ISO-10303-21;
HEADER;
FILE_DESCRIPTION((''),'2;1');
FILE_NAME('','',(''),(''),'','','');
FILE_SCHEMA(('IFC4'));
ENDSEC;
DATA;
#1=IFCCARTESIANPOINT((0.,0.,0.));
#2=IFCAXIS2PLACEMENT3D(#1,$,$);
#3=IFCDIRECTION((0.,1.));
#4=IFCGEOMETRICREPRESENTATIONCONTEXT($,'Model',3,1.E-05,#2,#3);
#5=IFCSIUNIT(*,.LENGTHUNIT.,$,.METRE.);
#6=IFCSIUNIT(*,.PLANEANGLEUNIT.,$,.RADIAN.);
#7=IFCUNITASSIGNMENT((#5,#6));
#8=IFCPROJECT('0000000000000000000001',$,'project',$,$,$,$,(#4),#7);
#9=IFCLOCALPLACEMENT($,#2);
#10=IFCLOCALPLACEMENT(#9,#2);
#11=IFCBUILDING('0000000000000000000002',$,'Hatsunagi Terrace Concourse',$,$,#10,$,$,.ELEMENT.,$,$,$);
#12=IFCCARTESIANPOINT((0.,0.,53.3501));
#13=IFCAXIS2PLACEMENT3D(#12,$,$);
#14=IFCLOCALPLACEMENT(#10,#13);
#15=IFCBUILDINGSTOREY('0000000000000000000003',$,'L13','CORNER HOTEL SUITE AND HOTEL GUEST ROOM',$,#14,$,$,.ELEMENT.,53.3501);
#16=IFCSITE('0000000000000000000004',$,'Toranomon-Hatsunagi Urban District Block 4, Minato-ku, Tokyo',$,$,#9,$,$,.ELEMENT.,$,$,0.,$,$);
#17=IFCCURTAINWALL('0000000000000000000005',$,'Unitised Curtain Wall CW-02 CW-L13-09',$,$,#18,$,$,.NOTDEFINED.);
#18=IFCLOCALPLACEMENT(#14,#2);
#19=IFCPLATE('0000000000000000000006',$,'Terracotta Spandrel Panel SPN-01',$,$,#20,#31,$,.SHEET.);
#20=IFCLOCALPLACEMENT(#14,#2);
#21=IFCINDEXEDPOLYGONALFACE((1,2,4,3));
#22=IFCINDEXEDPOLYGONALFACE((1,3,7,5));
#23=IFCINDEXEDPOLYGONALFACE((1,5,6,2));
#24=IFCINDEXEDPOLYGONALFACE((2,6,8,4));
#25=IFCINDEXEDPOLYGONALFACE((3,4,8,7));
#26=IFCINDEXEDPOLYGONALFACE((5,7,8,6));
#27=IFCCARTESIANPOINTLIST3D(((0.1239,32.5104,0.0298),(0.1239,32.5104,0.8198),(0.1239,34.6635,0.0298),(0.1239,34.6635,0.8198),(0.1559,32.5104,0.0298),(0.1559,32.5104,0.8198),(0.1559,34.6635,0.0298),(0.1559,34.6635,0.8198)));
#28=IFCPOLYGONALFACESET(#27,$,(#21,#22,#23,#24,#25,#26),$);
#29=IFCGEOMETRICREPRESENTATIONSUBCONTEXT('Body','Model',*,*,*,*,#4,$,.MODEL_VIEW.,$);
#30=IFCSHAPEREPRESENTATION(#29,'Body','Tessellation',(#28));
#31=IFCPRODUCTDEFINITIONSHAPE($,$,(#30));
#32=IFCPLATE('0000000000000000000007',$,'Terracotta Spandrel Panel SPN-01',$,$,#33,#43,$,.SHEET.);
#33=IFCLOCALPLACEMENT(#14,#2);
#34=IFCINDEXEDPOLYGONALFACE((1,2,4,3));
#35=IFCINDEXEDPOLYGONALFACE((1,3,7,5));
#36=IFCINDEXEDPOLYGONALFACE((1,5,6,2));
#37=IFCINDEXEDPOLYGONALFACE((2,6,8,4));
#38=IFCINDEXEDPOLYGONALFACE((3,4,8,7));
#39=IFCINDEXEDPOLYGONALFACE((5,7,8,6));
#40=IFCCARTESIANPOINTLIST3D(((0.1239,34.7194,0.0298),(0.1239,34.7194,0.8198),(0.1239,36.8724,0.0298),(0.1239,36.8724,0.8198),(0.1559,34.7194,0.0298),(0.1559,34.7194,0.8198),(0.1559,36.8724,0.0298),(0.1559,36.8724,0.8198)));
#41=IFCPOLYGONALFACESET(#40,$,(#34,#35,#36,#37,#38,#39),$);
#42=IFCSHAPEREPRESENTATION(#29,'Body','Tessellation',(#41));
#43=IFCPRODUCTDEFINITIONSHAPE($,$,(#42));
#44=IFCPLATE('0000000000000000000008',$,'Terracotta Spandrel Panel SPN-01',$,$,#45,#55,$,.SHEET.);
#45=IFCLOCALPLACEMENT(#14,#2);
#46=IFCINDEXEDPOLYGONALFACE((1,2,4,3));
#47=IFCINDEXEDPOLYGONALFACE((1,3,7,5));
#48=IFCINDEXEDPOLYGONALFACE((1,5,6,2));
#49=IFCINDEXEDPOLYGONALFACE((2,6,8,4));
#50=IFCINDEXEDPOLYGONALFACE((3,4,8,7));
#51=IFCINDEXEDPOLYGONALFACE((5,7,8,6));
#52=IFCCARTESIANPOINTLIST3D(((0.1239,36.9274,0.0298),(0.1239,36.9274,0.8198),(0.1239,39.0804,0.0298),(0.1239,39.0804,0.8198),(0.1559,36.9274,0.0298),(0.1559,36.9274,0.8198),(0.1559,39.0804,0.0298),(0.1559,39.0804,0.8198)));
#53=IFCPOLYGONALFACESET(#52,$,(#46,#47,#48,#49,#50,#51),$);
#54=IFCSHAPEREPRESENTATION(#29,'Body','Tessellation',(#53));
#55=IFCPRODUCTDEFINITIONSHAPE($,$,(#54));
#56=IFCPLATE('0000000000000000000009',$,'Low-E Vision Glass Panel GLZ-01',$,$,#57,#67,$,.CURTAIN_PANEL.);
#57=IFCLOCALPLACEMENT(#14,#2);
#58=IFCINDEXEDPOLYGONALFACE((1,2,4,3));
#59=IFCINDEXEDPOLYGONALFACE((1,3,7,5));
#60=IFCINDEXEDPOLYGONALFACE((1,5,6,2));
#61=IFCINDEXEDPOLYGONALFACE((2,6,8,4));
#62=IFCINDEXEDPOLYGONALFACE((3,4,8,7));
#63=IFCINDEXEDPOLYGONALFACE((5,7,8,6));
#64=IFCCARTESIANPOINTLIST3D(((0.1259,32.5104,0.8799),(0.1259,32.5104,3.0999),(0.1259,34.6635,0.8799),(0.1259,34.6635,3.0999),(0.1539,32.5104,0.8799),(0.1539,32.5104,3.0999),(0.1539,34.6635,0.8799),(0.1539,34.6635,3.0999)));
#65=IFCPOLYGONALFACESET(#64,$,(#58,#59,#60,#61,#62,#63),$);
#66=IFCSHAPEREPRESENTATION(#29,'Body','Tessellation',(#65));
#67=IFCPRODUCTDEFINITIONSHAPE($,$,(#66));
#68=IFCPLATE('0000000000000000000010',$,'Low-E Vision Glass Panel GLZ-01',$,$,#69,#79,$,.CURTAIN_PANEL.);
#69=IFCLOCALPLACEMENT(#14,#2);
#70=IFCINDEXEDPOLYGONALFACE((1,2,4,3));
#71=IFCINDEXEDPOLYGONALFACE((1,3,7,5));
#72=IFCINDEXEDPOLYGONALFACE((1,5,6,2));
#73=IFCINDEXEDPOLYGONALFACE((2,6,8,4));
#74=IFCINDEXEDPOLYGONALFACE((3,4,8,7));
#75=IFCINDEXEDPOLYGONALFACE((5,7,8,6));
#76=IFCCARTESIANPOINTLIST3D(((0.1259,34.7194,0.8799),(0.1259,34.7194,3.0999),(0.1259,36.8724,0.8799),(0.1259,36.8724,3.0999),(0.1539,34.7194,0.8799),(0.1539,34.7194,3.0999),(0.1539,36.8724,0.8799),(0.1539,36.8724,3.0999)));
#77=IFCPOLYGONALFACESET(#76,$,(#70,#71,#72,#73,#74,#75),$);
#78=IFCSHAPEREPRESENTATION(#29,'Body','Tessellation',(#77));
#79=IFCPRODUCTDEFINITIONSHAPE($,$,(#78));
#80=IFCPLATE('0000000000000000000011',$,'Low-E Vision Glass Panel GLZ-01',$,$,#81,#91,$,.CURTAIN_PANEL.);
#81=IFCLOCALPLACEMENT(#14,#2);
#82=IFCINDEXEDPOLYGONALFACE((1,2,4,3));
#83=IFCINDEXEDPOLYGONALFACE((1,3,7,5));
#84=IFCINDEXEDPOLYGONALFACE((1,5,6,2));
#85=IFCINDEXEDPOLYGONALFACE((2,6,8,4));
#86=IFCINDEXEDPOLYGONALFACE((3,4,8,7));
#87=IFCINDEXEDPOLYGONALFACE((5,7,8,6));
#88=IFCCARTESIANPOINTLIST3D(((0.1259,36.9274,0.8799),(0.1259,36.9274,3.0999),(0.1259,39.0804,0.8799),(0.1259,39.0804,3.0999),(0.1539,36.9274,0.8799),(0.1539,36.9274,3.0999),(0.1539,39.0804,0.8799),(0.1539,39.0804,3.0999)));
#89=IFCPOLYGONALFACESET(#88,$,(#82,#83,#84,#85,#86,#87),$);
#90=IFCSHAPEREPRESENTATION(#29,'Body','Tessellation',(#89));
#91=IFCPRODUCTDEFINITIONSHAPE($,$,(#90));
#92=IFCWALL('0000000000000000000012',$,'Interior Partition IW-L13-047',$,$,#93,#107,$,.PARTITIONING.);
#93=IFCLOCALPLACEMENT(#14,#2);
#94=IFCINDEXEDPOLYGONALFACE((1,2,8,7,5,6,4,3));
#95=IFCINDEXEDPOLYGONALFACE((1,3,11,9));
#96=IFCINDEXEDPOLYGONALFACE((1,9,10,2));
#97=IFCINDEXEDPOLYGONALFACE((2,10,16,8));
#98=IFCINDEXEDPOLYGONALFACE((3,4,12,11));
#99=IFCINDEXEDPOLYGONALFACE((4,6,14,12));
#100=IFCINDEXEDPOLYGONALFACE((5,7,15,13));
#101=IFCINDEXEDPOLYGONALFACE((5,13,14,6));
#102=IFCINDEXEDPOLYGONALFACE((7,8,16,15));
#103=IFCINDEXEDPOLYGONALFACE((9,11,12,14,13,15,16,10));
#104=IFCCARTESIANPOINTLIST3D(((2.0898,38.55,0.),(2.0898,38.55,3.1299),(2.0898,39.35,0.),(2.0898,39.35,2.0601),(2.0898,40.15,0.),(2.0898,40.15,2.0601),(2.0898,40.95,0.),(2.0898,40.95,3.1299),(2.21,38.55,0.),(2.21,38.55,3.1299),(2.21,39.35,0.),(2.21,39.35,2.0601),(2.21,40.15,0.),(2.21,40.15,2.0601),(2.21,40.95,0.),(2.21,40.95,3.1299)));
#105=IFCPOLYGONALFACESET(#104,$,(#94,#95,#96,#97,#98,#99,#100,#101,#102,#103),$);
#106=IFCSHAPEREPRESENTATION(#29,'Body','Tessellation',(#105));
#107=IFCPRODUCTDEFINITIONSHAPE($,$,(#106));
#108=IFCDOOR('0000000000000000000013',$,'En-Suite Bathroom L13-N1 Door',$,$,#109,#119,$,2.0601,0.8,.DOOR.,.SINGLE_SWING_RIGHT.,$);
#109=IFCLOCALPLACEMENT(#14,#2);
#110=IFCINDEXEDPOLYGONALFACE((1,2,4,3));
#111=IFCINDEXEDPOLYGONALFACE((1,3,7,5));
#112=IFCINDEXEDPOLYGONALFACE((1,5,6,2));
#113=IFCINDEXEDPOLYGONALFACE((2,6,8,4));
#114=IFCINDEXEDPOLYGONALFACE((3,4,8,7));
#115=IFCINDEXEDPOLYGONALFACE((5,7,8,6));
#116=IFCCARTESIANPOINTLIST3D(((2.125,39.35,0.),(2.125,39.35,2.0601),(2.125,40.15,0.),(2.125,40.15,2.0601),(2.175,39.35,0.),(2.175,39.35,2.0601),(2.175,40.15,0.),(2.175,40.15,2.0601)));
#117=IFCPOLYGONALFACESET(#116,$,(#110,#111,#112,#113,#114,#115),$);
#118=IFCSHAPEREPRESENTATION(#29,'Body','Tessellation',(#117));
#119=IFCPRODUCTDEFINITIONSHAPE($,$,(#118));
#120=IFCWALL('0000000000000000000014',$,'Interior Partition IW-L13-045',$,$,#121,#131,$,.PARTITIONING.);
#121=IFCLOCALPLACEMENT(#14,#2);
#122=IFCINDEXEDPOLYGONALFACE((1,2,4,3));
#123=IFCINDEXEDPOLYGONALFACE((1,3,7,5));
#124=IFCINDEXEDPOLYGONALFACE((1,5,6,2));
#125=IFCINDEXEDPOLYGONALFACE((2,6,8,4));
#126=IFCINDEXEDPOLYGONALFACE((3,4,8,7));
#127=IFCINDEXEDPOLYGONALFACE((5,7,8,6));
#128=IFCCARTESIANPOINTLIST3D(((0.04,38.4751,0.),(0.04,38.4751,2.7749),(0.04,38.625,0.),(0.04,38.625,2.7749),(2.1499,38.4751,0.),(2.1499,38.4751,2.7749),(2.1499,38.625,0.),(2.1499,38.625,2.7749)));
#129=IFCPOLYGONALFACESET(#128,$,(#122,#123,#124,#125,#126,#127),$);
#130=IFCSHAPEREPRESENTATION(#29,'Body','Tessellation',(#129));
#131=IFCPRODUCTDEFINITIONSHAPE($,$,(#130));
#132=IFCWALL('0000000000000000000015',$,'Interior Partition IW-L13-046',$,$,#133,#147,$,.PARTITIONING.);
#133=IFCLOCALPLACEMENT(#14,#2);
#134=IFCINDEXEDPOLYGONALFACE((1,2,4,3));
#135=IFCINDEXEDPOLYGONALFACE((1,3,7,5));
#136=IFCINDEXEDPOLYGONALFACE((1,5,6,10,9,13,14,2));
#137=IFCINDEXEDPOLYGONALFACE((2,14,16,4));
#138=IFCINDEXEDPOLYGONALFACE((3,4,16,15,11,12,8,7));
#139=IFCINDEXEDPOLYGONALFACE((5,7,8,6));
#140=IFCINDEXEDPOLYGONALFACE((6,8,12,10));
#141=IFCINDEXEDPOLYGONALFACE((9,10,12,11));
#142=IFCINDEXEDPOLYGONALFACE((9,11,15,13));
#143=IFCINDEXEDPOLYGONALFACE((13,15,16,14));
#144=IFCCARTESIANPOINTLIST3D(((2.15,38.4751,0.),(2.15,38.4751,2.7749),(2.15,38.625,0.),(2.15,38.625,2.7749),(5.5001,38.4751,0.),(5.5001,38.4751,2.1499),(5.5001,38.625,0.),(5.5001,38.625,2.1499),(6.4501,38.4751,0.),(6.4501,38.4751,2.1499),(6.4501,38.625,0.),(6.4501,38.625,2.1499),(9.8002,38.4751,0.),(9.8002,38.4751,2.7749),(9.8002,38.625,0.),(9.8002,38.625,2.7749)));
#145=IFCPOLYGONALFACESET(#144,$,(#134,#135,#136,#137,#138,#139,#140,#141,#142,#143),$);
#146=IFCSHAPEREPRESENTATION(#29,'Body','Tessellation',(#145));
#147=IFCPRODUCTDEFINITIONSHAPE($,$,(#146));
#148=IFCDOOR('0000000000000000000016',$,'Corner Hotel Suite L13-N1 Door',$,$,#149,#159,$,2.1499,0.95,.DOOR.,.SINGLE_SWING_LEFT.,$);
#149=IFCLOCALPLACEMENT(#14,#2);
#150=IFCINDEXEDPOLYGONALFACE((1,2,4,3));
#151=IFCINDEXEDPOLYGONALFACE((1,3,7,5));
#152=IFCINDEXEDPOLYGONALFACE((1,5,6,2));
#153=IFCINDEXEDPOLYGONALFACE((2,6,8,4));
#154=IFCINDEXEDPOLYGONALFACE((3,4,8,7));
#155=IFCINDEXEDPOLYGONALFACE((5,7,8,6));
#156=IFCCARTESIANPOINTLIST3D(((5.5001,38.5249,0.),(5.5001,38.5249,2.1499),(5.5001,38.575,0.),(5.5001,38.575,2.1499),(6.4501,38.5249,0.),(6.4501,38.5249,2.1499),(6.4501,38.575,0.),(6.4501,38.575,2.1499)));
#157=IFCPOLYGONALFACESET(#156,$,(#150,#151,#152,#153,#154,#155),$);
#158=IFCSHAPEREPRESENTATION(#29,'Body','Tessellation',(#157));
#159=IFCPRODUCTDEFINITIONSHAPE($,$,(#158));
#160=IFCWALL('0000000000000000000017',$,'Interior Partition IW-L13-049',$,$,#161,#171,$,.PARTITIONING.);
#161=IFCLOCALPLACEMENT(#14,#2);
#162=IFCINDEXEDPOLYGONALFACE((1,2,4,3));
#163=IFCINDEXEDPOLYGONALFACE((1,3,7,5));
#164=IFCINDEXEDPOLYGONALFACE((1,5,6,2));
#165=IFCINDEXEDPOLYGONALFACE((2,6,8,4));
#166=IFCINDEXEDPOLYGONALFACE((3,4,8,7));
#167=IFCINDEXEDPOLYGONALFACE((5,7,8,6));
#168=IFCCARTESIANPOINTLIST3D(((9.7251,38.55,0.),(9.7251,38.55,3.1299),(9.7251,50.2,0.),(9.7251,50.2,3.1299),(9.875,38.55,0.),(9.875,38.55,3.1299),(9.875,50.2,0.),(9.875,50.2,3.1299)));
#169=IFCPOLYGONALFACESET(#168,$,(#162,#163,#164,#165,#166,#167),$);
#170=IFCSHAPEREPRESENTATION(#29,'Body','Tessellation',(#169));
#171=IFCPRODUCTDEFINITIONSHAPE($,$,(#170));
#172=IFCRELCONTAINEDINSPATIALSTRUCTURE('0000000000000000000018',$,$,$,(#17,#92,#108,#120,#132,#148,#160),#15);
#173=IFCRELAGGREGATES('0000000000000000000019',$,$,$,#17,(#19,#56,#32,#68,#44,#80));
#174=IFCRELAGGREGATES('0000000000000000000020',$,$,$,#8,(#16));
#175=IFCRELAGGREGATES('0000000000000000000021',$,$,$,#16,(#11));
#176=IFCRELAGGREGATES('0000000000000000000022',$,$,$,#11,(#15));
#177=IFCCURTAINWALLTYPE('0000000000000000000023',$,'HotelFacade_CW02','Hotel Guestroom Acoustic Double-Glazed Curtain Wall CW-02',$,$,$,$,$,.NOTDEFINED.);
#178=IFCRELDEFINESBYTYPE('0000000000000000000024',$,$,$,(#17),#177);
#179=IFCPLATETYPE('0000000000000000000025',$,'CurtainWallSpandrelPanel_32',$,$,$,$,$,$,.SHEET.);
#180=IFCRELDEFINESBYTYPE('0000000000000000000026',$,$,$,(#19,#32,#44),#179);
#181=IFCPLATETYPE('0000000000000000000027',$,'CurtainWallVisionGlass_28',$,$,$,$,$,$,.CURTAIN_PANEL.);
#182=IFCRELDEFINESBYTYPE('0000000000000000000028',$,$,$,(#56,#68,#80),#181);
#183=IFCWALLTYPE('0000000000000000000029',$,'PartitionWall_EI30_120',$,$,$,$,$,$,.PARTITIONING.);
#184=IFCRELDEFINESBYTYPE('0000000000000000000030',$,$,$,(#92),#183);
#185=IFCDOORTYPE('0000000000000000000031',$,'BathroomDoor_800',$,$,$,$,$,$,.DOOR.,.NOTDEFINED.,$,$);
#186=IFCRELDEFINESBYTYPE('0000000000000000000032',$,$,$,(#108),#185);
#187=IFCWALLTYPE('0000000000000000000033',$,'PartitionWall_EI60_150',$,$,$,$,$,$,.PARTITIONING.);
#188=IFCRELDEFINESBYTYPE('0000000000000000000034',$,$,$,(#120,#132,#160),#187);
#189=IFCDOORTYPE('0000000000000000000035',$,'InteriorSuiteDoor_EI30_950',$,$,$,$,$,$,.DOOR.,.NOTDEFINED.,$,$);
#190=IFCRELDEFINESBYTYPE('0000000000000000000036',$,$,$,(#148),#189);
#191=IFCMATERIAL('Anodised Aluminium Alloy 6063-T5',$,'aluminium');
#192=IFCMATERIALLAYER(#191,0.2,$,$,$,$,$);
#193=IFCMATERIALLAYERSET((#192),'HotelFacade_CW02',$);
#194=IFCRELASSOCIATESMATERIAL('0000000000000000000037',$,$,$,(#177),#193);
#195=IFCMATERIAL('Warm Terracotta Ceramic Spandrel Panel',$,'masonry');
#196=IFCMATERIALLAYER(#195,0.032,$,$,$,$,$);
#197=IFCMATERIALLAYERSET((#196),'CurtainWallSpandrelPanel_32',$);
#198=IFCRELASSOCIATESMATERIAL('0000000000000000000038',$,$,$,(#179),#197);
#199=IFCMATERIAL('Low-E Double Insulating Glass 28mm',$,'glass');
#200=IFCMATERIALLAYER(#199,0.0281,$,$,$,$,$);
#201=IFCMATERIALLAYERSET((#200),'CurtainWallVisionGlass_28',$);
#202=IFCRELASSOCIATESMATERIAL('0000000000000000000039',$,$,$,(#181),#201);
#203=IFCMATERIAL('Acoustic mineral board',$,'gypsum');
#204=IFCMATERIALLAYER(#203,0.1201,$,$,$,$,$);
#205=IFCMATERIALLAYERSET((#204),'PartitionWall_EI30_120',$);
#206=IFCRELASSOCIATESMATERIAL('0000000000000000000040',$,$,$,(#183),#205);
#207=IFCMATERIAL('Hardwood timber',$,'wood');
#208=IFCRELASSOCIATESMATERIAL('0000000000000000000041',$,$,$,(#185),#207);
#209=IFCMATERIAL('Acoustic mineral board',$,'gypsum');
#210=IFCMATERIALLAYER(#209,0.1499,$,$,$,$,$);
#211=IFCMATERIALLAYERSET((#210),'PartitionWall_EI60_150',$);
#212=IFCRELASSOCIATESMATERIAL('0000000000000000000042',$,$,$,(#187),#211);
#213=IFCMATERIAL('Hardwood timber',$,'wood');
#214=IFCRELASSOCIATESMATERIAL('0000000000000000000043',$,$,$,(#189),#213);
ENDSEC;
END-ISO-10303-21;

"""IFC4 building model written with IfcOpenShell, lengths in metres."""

from ifc_helpers import new_model, si_unit, direction, frame, frame_2d, origin, origin_2d, place, context, subcontext, project, spatial, rectangle, extrude, material, layer, layer_set, type_object, element, fill, aggregate, save


model = new_model("IFC4")

# Units and contexts
model_context = context("Model", 3, precision=1e-05, world=origin(), true_north=direction((0.0, 1.0)))
body_context = subcontext(model_context, "Body", "Model", "MODEL_VIEW")
ifc_project = project(units=[si_unit("LENGTHUNIT", "METRE"), si_unit("PLANEANGLEUNIT", "RADIAN")], contexts=[model_context])

# Site, building, storey
site_placement = place(None, origin())
site = spatial("IfcSite", under=ifc_project, at=site_placement, Name="Toranomon-Hatsunagi Urban District Block 4, Minato-ku, Tokyo", CompositionType="ELEMENT", RefElevation=0.0)
building_placement = place(site_placement, origin())
building = spatial("IfcBuilding", under=site, at=building_placement, Name="Hatsunagi Terrace Concourse", CompositionType="ELEMENT")
storey_placement = place(building_placement, frame((0.0, 0.0, 53.3501)))
storey = spatial("IfcBuildingStorey", under=building, at=storey_placement, Name="L13", Description="CORNER HOTEL SUITE AND HOTEL GUEST ROOM", CompositionType="ELEMENT", Elevation=53.3501)

# Curtain wall
ifc_material_1 = material(Name="Anodised Aluminium Alloy 6063-T5", Category="aluminium")
ifc_layer_1 = layer(ifc_material_1, 0.2)
ifc_layer_set_1 = layer_set([ifc_layer_1], Name="HotelFacade_CW02")
curtain_wall_type = type_object("IfcCurtainWallType", Name="HotelFacade_CW02", Description="Hotel Guestroom Acoustic Double-Glazed Curtain Wall CW-02", PredefinedType="NOTDEFINED", material=ifc_layer_set_1)
curtain_wall_placement = place(storey_placement, origin())
curtain_wall = element("IfcCurtainWall", 1, at=curtain_wall_placement, inside=storey, type_object=curtain_wall_type, Name="Unitised Curtain Wall CW-02 CW-L13-09", PredefinedType="NOTDEFINED")

# Plates
ifc_material_2 = material(Name="Warm Terracotta Ceramic Spandrel Panel", Category="masonry")
ifc_layer_2 = layer(ifc_material_2, 0.032)
ifc_layer_set_2 = layer_set([ifc_layer_2], Name="CurtainWallSpandrelPanel_32")
plate_type_1 = type_object("IfcPlateType", Name="CurtainWallSpandrelPanel_32", PredefinedType="SHEET", material=ifc_layer_set_2)
plate_1_placement = place(storey_placement, frame((0.1399, 33.5869, 0.0298), z_axis=(0.0, 0.0, 1.0), x_axis=(0.0, 1.0, 0.0)))
plate_1 = element("IfcPlate", 2, at=plate_1_placement, type_object=plate_type_1, Name="Terracotta Spandrel Panel SPN-01", PredefinedType="SHEET", context=body_context, shape_type="SweptSolid", body=[
    extrude(rectangle(XDim=2.1531, YDim=0.032, at=origin_2d()), origin(), (0.0, 0.0, 1.0), 0.79),
])
plate_2_placement = place(storey_placement, frame((0.1399, 35.7959, 0.0298), z_axis=(0.0, 0.0, 1.0), x_axis=(0.0, 1.0, 0.0)))
plate_2 = element("IfcPlate", 3, at=plate_2_placement, type_object=plate_type_1, Name="Terracotta Spandrel Panel SPN-01", PredefinedType="SHEET", context=body_context, shape_type="SweptSolid", body=[
    extrude(rectangle(XDim=2.1531, YDim=0.032, at=origin_2d()), origin(), (0.0, 0.0, 1.0), 0.79),
])
plate_3_placement = place(storey_placement, frame((0.1399, 38.0039, 0.0298), z_axis=(0.0, 0.0, 1.0), x_axis=(0.0, 1.0, 0.0)))
plate_3 = element("IfcPlate", 4, at=plate_3_placement, type_object=plate_type_1, Name="Terracotta Spandrel Panel SPN-01", PredefinedType="SHEET", context=body_context, shape_type="SweptSolid", body=[
    extrude(rectangle(XDim=2.1531, YDim=0.032, at=origin_2d()), origin(), (0.0, 0.0, 1.0), 0.79),
])
ifc_material_3 = material(Name="Low-E Double Insulating Glass 28mm", Category="glass")
ifc_layer_3 = layer(ifc_material_3, 0.0281)
ifc_layer_set_3 = layer_set([ifc_layer_3], Name="CurtainWallVisionGlass_28")
plate_type_2 = type_object("IfcPlateType", Name="CurtainWallVisionGlass_28", PredefinedType="CURTAIN_PANEL", material=ifc_layer_set_3)
plate_4_placement = place(storey_placement, frame((0.1399, 33.5869, 0.8799), z_axis=(0.0, 0.0, 1.0), x_axis=(0.0, 1.0, 0.0)))
plate_4 = element("IfcPlate", 5, at=plate_4_placement, type_object=plate_type_2, Name="Low-E Vision Glass Panel GLZ-01", PredefinedType="CURTAIN_PANEL", context=body_context, shape_type="SweptSolid", body=[
    extrude(rectangle(XDim=2.1531, YDim=0.0281, at=origin_2d()), origin(), (0.0, 0.0, 1.0), 2.22),
])
plate_5_placement = place(storey_placement, frame((0.1399, 35.7959, 0.8799), z_axis=(0.0, 0.0, 1.0), x_axis=(0.0, 1.0, 0.0)))
plate_5 = element("IfcPlate", 6, at=plate_5_placement, type_object=plate_type_2, Name="Low-E Vision Glass Panel GLZ-01", PredefinedType="CURTAIN_PANEL", context=body_context, shape_type="SweptSolid", body=[
    extrude(rectangle(XDim=2.1531, YDim=0.0281, at=origin_2d()), origin(), (0.0, 0.0, 1.0), 2.22),
])
plate_6_placement = place(storey_placement, frame((0.1399, 38.0039, 0.8799), z_axis=(0.0, 0.0, 1.0), x_axis=(0.0, 1.0, 0.0)))
plate_6 = element("IfcPlate", 7, at=plate_6_placement, type_object=plate_type_2, Name="Low-E Vision Glass Panel GLZ-01", PredefinedType="CURTAIN_PANEL", context=body_context, shape_type="SweptSolid", body=[
    extrude(rectangle(XDim=2.1531, YDim=0.0281, at=origin_2d()), origin(), (0.0, 0.0, 1.0), 2.22),
])
aggregate(curtain_wall, [plate_1, plate_4, plate_2, plate_5, plate_3, plate_6])

# Wall, opening, door
ifc_material_4 = material(Name="Acoustic mineral board", Category="gypsum")
ifc_layer_4 = layer(ifc_material_4, 0.1201)
ifc_layer_set_4 = layer_set([ifc_layer_4], Name="PartitionWall_EI30_120")
wall_type_1 = type_object("IfcWallType", Name="PartitionWall_EI30_120", PredefinedType="PARTITIONING", material=ifc_layer_set_4)
wall_1_placement = place(storey_placement, frame((2.1499, 38.55, 0.0), z_axis=(0.0, 0.0, 1.0), x_axis=(0.0, 1.0, 0.0)))
wall_1 = element("IfcWall", 8, at=wall_1_placement, inside=storey, type_object=wall_type_1, Name="Interior Partition IW-L13-047", PredefinedType="PARTITIONING", context=body_context, shape_type="SweptSolid", body=[
    extrude(rectangle(XDim=2.3999, YDim=0.1201, at=frame_2d((1.2, 0.0))), origin(), (0.0, 0.0, 1.0), 3.1299),
])
opening_1_placement = place(wall_1_placement, frame((0.8, 0.0, 0.0)))
opening_1 = element("IfcOpeningElement", 9, at=opening_1_placement, cuts=wall_1, PredefinedType="OPENING", context=body_context, shape_type="SweptSolid", body=[
    extrude(rectangle(XDim=0.8, YDim=2.0601, at=frame_2d((0.3999, 1.03))), frame((0.0, 0.0701, 0.0), z_axis=(0.0, -1.0, 0.0), x_axis=(1.0, 0.0, 0.0)), (0.0, 0.0, 1.0), 0.1401),
])
ifc_material_5 = material(Name="Hardwood timber", Category="wood")
door_type_1 = type_object("IfcDoorType", Name="BathroomDoor_800", OperationType="NOTDEFINED", PredefinedType="DOOR", material=ifc_material_5)
door_1_placement = place(opening_1_placement, origin())
door_1 = element("IfcDoor", 10, at=door_1_placement, inside=storey, type_object=door_type_1, Name="En-Suite Bathroom L13-N1 Door", OperationType="SINGLE_SWING_RIGHT", OverallHeight=2.0601, OverallWidth=0.8, PredefinedType="DOOR", context=body_context, shape_type="SweptSolid", body=[
    extrude(rectangle(XDim=0.8, YDim=2.0601, at=frame_2d((0.3999, 1.03))), frame((0.0, 0.0249, 0.0), z_axis=(0.0, -1.0, 0.0), x_axis=(1.0, 0.0, 0.0)), (0.0, 0.0, 1.0), 0.05),
])
fill(opening_1, door_1)

# Wall
ifc_material_6 = material(Name="Acoustic mineral board", Category="gypsum")
ifc_layer_5 = layer(ifc_material_6, 0.1499)
ifc_layer_set_5 = layer_set([ifc_layer_5], Name="PartitionWall_EI60_150")
wall_type_2 = type_object("IfcWallType", Name="PartitionWall_EI60_150", PredefinedType="PARTITIONING", material=ifc_layer_set_5)
wall_2_placement = place(storey_placement, frame((0.04, 38.55, 0.0), z_axis=(0.0, 0.0, 1.0), x_axis=(1.0, 0.0, 0.0)))
element("IfcWall", 11, at=wall_2_placement, inside=storey, type_object=wall_type_2, Name="Interior Partition IW-L13-045", PredefinedType="PARTITIONING", context=body_context, shape_type="SweptSolid", body=[
    extrude(rectangle(XDim=2.1099, YDim=0.1499, at=frame_2d((1.0549, 0.0))), origin(), (0.0, 0.0, 1.0), 2.7749),
])

# Wall, opening, door
wall_3_placement = place(storey_placement, frame((2.1499, 38.55, 0.0), z_axis=(0.0, 0.0, 1.0), x_axis=(1.0, 0.0, 0.0)))
wall_3 = element("IfcWall", 12, at=wall_3_placement, inside=storey, type_object=wall_type_2, Name="Interior Partition IW-L13-046", PredefinedType="PARTITIONING", context=body_context, shape_type="SweptSolid", body=[
    extrude(rectangle(XDim=7.6501, YDim=0.1499, at=frame_2d((3.8252, 0.0))), origin(), (0.0, 0.0, 1.0), 2.7749),
])
opening_2_placement = place(wall_3_placement, frame((3.3501, 0.0, 0.0)))
opening_2 = element("IfcOpeningElement", 13, at=opening_2_placement, cuts=wall_3, PredefinedType="OPENING", context=body_context, shape_type="SweptSolid", body=[
    extrude(rectangle(XDim=0.95, YDim=2.1499, at=frame_2d((0.4751, 1.075))), frame((0.0, 0.085, 0.0), z_axis=(0.0, -1.0, 0.0), x_axis=(1.0, 0.0, 0.0)), (0.0, 0.0, 1.0), 0.1699),
])
ifc_material_7 = material(Name="Hardwood timber", Category="wood")
door_type_2 = type_object("IfcDoorType", Name="InteriorSuiteDoor_EI30_950", OperationType="NOTDEFINED", PredefinedType="DOOR", material=ifc_material_7)
door_2_placement = place(opening_2_placement, origin())
door_2 = element("IfcDoor", 14, at=door_2_placement, inside=storey, type_object=door_type_2, Name="Corner Hotel Suite L13-N1 Door", OperationType="SINGLE_SWING_LEFT", OverallHeight=2.1499, OverallWidth=0.95, PredefinedType="DOOR", context=body_context, shape_type="SweptSolid", body=[
    extrude(rectangle(XDim=0.95, YDim=2.1499, at=frame_2d((0.4751, 1.075))), frame((0.0, 0.0249, 0.0), z_axis=(0.0, -1.0, 0.0), x_axis=(1.0, 0.0, 0.0)), (0.0, 0.0, 1.0), 0.05),
])
fill(opening_2, door_2)

# Wall
wall_4_placement = place(storey_placement, frame((9.8, 38.55, 0.0), z_axis=(0.0, 0.0, 1.0), x_axis=(0.0, 1.0, 0.0)))
element("IfcWall", 15, at=wall_4_placement, inside=storey, type_object=wall_type_2, Name="Interior Partition IW-L13-049", PredefinedType="PARTITIONING", context=body_context, shape_type="SweptSolid", body=[
    extrude(rectangle(XDim=11.6499, YDim=0.1499, at=frame_2d((5.825, 0.0))), origin(), (0.0, 0.0, 1.0), 3.1299),
])

save(model, "model.ifc")
